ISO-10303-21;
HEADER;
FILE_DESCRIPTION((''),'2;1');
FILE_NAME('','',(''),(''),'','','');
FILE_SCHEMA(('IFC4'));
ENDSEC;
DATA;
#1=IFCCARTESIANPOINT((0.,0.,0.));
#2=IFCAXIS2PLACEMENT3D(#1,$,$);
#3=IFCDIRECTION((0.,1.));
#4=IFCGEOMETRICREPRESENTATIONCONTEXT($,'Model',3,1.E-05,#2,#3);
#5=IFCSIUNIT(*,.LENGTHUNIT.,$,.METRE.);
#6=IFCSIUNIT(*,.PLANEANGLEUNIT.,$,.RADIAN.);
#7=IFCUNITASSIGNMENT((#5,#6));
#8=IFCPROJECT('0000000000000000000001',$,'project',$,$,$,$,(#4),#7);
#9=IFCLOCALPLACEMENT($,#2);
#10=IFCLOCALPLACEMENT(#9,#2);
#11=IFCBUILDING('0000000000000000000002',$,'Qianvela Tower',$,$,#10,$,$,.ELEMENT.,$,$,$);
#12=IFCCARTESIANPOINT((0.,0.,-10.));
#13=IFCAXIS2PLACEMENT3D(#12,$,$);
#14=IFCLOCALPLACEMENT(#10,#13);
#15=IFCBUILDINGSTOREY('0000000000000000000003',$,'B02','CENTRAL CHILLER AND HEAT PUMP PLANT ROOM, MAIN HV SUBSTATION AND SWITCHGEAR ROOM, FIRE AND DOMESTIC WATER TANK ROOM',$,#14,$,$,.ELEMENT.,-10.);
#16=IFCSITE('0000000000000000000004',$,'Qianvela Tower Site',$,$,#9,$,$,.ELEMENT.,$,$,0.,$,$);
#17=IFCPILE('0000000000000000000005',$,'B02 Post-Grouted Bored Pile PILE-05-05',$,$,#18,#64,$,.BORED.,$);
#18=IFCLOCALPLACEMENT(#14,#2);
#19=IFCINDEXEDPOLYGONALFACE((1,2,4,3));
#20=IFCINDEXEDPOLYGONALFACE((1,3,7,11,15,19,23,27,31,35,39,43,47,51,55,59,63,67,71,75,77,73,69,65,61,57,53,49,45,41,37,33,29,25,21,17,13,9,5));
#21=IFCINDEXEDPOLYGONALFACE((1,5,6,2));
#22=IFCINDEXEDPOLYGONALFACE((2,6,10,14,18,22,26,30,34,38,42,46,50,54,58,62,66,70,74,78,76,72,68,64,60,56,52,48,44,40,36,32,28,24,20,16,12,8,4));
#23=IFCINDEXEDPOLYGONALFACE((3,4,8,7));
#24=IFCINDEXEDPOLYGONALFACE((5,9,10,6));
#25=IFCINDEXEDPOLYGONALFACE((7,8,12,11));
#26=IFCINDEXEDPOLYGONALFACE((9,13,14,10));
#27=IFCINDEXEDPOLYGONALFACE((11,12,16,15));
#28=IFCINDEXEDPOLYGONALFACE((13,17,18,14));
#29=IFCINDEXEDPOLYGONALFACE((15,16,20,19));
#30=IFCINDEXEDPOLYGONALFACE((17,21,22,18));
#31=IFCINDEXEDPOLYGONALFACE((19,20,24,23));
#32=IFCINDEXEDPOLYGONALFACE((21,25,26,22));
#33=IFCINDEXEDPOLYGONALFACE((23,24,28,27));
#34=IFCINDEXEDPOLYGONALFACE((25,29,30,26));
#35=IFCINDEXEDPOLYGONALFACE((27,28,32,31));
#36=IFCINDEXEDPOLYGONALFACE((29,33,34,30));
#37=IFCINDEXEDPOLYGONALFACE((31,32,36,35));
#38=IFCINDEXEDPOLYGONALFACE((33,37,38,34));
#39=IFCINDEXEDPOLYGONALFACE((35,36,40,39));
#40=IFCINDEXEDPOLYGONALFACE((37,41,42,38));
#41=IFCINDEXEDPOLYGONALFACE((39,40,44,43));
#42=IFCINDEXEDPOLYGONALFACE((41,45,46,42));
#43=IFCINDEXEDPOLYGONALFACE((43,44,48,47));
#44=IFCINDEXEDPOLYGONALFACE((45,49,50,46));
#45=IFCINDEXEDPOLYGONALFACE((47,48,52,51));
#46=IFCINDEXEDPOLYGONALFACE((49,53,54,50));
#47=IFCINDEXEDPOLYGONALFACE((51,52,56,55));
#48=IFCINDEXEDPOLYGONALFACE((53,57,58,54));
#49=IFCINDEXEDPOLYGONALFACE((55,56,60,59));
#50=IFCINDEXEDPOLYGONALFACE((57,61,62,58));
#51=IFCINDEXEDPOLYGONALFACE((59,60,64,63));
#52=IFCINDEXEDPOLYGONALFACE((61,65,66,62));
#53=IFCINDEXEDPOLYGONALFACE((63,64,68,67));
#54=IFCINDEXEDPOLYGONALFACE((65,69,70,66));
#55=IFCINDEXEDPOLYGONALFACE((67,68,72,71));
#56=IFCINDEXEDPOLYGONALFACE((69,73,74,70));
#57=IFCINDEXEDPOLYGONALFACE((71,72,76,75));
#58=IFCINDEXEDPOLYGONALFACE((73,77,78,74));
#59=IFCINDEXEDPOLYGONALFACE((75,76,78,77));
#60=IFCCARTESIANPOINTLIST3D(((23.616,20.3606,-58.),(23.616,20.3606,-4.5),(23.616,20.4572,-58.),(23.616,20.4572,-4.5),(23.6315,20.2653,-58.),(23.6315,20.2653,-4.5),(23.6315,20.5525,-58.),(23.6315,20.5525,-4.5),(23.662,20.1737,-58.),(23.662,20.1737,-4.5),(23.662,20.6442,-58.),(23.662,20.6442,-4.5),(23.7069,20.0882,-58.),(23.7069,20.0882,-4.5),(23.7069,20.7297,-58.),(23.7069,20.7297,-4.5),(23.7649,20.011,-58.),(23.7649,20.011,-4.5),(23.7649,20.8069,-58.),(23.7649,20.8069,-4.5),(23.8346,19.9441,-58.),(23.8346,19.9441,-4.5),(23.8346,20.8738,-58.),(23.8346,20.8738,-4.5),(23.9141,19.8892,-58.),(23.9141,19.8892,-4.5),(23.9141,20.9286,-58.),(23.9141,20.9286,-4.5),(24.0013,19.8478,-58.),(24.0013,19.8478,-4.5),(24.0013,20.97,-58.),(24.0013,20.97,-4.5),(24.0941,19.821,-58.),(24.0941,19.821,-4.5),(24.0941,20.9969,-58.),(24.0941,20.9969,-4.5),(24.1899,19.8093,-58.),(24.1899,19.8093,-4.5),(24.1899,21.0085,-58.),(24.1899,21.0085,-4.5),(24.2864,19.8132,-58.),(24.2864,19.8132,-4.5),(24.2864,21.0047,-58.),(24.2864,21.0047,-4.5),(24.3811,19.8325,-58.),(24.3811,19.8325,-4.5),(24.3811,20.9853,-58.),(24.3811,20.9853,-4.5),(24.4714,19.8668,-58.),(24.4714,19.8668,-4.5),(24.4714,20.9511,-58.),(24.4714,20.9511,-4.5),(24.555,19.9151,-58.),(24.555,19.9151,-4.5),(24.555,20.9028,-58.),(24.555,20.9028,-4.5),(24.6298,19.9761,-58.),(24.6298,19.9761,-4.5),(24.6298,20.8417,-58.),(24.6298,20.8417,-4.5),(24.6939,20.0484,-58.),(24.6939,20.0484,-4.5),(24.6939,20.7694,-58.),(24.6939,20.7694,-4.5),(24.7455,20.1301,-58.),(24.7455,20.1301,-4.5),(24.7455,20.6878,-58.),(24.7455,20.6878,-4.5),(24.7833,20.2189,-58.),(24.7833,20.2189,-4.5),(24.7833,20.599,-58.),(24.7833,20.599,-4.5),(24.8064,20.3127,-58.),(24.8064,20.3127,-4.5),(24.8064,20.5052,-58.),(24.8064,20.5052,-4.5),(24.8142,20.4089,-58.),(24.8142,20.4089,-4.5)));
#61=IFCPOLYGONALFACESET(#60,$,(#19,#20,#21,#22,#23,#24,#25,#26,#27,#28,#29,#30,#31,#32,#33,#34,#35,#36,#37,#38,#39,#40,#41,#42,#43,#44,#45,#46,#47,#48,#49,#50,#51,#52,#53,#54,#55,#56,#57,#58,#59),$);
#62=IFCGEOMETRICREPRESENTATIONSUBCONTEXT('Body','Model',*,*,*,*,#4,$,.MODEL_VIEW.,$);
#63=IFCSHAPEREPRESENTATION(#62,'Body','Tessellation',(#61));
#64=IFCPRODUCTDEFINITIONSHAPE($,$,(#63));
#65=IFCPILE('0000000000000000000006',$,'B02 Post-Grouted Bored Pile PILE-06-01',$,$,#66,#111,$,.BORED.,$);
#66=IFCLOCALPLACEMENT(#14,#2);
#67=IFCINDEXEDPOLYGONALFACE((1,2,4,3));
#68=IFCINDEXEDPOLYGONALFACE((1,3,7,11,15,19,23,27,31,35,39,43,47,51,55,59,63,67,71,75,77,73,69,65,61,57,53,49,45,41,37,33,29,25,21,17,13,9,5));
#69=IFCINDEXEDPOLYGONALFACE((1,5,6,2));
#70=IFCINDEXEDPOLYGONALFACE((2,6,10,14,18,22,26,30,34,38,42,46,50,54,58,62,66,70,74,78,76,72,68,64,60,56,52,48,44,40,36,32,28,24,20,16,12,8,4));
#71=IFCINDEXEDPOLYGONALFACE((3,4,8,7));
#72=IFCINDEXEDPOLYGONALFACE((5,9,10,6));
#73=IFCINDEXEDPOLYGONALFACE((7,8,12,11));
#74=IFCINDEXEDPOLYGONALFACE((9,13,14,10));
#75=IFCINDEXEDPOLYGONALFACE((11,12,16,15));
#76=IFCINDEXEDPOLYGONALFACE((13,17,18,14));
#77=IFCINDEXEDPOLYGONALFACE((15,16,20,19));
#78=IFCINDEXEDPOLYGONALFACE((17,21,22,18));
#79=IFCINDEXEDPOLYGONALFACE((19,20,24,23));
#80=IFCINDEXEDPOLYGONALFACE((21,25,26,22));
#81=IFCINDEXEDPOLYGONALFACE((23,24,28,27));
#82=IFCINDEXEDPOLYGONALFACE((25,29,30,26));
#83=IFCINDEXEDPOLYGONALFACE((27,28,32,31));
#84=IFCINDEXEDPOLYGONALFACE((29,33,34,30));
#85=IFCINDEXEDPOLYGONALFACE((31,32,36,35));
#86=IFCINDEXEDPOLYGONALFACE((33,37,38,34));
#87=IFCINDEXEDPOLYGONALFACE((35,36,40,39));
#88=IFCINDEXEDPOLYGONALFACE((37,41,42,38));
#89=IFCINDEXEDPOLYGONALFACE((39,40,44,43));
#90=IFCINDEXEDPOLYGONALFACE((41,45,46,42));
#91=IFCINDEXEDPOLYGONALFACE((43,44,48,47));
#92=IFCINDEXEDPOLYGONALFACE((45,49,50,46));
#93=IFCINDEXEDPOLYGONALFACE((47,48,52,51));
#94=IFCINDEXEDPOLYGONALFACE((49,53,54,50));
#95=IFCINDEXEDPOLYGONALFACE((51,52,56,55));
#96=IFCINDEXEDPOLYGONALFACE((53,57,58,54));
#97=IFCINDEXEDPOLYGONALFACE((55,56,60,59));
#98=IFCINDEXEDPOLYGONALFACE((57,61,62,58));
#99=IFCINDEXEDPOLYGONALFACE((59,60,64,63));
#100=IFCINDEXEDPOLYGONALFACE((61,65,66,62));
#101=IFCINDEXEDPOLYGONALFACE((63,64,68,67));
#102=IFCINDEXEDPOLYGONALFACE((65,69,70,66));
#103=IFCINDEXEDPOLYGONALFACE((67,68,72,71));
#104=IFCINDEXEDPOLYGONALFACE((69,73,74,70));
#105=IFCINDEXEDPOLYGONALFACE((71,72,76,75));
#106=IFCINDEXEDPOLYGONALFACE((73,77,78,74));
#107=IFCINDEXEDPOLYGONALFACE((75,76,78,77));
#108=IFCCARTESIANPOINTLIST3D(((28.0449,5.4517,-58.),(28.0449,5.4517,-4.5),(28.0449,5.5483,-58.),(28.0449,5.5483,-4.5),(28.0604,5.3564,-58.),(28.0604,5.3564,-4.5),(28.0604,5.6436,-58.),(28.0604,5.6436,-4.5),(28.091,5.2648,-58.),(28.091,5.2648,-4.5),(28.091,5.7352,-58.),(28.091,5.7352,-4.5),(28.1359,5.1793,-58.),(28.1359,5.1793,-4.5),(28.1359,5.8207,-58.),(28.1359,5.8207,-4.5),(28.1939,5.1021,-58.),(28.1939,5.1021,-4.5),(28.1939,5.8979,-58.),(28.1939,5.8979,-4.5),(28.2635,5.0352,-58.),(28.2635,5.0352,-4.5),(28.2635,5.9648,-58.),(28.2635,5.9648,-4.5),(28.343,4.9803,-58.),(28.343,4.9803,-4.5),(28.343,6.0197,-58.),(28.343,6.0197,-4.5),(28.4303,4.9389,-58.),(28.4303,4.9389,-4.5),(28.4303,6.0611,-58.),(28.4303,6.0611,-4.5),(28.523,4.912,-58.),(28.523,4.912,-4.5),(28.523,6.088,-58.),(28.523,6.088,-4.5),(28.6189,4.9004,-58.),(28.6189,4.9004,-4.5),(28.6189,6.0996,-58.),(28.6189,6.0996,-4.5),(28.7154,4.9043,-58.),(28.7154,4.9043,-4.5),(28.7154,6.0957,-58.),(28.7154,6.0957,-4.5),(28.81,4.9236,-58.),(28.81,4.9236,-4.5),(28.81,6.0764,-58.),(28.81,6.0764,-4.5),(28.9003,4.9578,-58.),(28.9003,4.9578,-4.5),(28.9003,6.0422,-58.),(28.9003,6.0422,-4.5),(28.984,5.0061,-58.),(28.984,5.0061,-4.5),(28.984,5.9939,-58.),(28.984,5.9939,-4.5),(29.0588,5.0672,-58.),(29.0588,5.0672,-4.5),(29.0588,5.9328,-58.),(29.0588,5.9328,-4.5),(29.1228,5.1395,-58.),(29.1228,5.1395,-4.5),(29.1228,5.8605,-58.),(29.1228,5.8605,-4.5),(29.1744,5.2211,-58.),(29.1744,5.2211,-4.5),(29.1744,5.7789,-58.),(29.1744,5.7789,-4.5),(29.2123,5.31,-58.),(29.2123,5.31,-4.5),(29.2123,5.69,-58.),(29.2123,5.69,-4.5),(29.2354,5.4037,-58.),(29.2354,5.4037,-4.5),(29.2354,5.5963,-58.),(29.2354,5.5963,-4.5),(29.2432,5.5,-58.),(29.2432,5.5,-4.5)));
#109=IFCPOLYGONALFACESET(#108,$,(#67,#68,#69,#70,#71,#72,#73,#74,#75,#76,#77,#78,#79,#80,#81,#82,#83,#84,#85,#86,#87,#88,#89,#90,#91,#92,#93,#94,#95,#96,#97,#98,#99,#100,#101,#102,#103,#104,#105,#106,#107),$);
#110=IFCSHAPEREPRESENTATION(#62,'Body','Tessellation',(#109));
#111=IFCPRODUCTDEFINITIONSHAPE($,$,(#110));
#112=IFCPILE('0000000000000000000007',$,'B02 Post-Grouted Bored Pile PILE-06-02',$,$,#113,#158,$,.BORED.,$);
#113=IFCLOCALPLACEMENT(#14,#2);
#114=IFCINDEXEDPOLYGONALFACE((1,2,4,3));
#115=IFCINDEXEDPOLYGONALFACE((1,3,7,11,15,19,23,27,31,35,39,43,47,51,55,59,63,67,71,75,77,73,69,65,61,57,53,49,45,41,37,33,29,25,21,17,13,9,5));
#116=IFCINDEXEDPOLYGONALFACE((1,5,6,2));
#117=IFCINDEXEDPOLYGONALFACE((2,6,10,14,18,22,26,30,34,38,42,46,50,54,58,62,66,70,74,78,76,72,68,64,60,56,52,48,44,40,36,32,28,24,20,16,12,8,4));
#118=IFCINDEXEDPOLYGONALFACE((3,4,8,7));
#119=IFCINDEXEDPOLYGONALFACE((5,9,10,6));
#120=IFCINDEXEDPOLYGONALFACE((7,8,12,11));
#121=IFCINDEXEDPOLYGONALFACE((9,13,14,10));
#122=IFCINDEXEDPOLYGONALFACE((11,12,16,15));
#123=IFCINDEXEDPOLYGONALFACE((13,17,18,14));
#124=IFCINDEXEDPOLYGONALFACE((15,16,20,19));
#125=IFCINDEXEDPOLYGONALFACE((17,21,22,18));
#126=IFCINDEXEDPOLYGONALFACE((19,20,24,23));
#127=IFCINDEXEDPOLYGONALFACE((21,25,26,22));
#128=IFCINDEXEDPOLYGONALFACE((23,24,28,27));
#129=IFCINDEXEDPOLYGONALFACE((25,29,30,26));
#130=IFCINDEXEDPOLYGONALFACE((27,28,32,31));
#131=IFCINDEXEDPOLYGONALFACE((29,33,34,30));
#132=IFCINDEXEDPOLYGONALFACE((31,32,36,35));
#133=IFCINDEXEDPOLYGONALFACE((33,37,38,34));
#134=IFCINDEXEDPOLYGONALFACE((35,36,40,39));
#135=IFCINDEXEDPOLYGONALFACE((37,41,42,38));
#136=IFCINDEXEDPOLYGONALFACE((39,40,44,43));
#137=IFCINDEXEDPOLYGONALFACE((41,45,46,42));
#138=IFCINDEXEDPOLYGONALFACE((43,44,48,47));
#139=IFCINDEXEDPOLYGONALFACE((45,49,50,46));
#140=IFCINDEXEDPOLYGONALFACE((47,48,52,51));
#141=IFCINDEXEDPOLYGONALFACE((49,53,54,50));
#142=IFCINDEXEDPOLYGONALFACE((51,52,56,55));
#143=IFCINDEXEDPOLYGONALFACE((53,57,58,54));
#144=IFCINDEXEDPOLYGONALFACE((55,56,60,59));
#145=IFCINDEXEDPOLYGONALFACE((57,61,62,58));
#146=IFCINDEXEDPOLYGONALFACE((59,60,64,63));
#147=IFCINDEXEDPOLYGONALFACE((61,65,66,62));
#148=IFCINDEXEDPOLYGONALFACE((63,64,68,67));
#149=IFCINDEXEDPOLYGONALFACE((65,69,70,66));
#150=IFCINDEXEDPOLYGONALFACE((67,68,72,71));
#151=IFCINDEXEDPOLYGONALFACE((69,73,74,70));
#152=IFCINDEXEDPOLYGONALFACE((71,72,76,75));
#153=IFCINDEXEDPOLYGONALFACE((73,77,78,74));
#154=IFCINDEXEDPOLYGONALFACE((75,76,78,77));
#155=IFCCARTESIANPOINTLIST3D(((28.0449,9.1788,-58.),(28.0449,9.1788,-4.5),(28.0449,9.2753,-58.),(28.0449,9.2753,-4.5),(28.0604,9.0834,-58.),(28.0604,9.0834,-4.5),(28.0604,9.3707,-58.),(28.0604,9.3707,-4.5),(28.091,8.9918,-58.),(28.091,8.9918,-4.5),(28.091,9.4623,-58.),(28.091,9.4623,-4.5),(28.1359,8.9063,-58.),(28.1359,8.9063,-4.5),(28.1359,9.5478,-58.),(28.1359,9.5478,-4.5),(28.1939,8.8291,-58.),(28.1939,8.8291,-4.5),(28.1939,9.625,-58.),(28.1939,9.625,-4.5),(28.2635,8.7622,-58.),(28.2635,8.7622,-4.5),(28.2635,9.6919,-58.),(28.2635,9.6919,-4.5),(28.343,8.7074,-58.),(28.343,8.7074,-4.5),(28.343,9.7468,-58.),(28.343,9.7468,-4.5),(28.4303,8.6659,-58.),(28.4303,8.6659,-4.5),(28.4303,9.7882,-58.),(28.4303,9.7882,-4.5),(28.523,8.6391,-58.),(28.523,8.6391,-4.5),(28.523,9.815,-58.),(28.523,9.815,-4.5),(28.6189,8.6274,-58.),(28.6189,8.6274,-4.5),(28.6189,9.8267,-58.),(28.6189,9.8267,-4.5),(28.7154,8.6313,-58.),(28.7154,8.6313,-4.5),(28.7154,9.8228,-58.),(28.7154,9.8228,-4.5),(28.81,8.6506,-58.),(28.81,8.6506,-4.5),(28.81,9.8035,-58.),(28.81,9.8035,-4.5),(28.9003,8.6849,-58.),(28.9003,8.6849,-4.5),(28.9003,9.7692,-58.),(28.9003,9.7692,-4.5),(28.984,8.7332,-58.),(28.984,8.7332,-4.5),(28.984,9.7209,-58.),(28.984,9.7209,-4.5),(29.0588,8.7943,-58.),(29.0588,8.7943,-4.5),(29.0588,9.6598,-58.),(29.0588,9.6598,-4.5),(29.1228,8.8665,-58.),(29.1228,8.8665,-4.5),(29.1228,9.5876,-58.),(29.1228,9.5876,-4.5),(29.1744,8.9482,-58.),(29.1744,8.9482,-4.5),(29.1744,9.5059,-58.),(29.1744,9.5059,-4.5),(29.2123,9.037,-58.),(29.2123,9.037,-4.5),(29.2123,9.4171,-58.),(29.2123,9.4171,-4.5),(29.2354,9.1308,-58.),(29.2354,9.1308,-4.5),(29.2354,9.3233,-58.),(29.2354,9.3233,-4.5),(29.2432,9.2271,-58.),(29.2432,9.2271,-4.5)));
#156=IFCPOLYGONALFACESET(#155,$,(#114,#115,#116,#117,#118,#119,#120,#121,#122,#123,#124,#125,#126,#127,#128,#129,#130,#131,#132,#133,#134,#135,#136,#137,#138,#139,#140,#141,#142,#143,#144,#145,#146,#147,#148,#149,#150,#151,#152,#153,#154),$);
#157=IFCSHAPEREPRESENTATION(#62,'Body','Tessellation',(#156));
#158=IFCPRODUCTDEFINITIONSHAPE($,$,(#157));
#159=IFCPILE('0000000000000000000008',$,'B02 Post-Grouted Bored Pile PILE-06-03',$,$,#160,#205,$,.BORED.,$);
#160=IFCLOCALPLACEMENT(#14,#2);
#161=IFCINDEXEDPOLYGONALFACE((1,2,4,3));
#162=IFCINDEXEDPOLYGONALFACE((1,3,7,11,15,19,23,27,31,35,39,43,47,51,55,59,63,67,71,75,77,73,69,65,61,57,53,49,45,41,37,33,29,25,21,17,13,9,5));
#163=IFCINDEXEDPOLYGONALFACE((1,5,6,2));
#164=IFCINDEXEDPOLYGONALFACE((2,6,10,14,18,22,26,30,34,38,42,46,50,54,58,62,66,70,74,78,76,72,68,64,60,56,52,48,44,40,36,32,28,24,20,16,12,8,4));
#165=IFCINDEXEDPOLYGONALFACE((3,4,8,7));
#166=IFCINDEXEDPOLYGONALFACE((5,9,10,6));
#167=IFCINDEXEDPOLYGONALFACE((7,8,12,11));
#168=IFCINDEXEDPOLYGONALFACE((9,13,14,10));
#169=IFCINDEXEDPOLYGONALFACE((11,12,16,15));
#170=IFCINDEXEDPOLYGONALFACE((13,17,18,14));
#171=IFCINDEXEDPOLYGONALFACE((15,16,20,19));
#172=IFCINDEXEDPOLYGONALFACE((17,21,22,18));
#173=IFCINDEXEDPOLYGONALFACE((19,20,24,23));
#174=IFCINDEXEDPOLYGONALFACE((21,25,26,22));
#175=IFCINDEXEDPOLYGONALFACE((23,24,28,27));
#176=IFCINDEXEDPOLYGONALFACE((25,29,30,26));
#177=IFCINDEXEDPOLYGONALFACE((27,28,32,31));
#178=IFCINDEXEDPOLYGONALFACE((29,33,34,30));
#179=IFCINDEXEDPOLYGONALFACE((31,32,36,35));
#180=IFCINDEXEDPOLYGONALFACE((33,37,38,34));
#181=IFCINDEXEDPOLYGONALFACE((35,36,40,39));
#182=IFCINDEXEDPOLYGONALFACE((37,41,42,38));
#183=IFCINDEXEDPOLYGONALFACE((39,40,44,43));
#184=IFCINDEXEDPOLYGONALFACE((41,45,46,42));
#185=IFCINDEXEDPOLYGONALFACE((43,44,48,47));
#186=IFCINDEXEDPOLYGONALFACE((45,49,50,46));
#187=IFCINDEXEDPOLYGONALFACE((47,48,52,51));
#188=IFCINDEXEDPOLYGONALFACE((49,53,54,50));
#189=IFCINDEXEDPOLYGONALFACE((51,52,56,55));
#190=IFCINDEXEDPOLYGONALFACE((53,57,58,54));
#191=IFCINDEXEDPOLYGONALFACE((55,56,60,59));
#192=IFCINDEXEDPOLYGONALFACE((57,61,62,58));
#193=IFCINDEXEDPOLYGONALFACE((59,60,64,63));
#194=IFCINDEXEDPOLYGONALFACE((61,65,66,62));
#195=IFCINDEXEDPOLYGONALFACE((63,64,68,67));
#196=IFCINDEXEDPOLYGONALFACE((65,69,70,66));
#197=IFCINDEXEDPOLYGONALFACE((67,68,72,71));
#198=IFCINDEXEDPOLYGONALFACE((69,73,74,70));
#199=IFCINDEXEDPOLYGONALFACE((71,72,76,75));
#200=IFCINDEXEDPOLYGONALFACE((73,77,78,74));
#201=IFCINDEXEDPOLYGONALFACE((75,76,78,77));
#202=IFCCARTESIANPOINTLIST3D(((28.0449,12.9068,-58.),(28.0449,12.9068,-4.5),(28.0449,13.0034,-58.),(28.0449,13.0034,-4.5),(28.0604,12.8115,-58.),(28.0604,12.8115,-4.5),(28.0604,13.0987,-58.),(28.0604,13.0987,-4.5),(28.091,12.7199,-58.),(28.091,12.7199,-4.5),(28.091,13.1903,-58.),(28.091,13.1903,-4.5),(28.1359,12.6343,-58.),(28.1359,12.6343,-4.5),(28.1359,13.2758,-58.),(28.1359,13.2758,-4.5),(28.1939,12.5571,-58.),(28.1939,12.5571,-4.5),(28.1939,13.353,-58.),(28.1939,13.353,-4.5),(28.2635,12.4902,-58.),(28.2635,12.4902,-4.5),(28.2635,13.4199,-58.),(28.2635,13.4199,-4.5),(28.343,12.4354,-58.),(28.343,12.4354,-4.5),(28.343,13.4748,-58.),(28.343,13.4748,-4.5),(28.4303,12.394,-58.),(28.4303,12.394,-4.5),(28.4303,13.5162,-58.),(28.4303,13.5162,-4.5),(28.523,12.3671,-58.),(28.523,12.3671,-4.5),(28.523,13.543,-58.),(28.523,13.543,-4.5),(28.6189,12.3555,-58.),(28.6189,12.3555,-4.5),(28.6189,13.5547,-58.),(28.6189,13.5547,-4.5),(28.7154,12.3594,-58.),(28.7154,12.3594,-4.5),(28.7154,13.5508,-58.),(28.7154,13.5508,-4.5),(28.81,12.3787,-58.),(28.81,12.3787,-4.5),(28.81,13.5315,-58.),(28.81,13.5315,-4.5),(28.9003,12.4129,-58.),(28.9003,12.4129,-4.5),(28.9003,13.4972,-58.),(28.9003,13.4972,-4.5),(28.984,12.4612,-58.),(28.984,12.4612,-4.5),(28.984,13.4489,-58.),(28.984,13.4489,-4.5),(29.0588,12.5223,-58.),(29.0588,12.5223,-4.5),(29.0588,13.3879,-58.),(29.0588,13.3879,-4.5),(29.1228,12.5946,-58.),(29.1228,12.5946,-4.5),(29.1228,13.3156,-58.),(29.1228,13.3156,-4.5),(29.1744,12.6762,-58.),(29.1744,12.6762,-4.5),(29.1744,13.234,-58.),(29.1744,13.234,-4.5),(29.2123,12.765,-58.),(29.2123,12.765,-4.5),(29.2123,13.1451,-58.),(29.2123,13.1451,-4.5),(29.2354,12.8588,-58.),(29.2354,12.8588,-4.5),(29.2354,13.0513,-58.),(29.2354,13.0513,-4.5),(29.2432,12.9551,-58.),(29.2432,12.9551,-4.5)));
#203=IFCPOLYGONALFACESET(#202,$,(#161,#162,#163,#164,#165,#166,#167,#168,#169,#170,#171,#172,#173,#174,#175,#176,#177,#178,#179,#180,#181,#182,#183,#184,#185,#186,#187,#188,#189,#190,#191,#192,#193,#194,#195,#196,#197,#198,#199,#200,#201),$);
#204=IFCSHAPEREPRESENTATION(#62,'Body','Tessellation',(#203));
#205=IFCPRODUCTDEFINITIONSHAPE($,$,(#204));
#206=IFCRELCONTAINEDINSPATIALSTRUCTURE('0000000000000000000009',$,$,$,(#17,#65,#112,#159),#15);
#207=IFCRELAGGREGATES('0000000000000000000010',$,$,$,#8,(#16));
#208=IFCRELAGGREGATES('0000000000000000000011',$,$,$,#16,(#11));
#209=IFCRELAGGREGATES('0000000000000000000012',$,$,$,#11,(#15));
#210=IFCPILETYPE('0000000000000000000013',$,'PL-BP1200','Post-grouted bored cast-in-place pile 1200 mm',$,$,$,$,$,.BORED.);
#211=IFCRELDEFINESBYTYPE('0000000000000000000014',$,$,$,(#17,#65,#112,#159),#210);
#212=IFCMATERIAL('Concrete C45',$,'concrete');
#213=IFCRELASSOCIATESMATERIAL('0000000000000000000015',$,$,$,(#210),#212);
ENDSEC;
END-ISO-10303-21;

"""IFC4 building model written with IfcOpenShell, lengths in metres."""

from ifc_helpers import new_model, si_unit, direction, frame, origin, origin_2d, place, context, subcontext, project, spatial, circle, extrude, material, material_profile, profile_set, type_object, element, save


model = new_model("IFC4")

# Units and contexts
model_context = context("Model", 3, precision=1e-05, world=origin(), true_north=direction((0.0, 1.0)))
body_context = subcontext(model_context, "Body", "Model", "MODEL_VIEW")
ifc_project = project(units=[si_unit("LENGTHUNIT", "METRE"), si_unit("PLANEANGLEUNIT", "RADIAN")], contexts=[model_context])

# Site, building, storey
site_placement = place(None, origin())
site = spatial("IfcSite", under=ifc_project, at=site_placement, Name="Qianvela Tower Site", CompositionType="ELEMENT", RefElevation=0.0)
building_placement = place(site_placement, origin())
building = spatial("IfcBuilding", under=site, at=building_placement, Name="Qianvela Tower", CompositionType="ELEMENT")
storey_placement = place(building_placement, frame((0.0, 0.0, -10.0)))
storey = spatial("IfcBuildingStorey", under=building, at=storey_placement, Name="B02", Description="CENTRAL CHILLER AND HEAT PUMP PLANT ROOM, MAIN HV SUBSTATION AND SWITCHGEAR ROOM, FIRE AND DOMESTIC WATER TANK ROOM", CompositionType="ELEMENT", Elevation=-10.0)

# Piles
ifc_material_1 = material(Name="Concrete C45", Category="concrete")
ifc_material_profile_1 = material_profile(ifc_material_1, circle(Radius=0.6001, at=origin_2d()), Name="BP-1200")
ifc_profile_set_1 = profile_set([ifc_material_profile_1], Name="Concrete C45")
pile_type = type_object("IfcPileType", Name="PL-BP1200", Description="Post-grouted bored cast-in-place pile 1200 mm", PredefinedType="BORED", material=ifc_profile_set_1)
for number, where, z_axis, x_axis, name in (
    (1, (24.2141, 20.4089, -4.5), (0.0, 0.0, -1.0), (1.0, 0.0, 0.0), "B02 Post-Grouted Bored Pile PILE-05-05"),
    (2, (28.6431, 5.5, -4.5), (0.0, 0.0, -1.0), (1.0, 0.0, 0.0), "B02 Post-Grouted Bored Pile PILE-06-01"),
    (3, (28.6431, 9.2271, -4.5), (0.0, 0.0, -1.0), (1.0, 0.0, 0.0), "B02 Post-Grouted Bored Pile PILE-06-02"),
    (4, (28.6431, 12.9551, -4.5), (0.0, 0.0, -1.0), (1.0, 0.0, 0.0), "B02 Post-Grouted Bored Pile PILE-06-03"),
):
    element("IfcPile", number, at=place(storey_placement, frame(where, z_axis=z_axis, x_axis=x_axis)), inside=storey, type_object=pile_type, Name=name, PredefinedType="BORED", context=body_context, shape_type="SweptSolid", body=[
        extrude(circle(Radius=0.6001, at=origin_2d()), origin(), (0.0, 0.0, 1.0), 53.5),
    ])

save(model, "model.ifc")
